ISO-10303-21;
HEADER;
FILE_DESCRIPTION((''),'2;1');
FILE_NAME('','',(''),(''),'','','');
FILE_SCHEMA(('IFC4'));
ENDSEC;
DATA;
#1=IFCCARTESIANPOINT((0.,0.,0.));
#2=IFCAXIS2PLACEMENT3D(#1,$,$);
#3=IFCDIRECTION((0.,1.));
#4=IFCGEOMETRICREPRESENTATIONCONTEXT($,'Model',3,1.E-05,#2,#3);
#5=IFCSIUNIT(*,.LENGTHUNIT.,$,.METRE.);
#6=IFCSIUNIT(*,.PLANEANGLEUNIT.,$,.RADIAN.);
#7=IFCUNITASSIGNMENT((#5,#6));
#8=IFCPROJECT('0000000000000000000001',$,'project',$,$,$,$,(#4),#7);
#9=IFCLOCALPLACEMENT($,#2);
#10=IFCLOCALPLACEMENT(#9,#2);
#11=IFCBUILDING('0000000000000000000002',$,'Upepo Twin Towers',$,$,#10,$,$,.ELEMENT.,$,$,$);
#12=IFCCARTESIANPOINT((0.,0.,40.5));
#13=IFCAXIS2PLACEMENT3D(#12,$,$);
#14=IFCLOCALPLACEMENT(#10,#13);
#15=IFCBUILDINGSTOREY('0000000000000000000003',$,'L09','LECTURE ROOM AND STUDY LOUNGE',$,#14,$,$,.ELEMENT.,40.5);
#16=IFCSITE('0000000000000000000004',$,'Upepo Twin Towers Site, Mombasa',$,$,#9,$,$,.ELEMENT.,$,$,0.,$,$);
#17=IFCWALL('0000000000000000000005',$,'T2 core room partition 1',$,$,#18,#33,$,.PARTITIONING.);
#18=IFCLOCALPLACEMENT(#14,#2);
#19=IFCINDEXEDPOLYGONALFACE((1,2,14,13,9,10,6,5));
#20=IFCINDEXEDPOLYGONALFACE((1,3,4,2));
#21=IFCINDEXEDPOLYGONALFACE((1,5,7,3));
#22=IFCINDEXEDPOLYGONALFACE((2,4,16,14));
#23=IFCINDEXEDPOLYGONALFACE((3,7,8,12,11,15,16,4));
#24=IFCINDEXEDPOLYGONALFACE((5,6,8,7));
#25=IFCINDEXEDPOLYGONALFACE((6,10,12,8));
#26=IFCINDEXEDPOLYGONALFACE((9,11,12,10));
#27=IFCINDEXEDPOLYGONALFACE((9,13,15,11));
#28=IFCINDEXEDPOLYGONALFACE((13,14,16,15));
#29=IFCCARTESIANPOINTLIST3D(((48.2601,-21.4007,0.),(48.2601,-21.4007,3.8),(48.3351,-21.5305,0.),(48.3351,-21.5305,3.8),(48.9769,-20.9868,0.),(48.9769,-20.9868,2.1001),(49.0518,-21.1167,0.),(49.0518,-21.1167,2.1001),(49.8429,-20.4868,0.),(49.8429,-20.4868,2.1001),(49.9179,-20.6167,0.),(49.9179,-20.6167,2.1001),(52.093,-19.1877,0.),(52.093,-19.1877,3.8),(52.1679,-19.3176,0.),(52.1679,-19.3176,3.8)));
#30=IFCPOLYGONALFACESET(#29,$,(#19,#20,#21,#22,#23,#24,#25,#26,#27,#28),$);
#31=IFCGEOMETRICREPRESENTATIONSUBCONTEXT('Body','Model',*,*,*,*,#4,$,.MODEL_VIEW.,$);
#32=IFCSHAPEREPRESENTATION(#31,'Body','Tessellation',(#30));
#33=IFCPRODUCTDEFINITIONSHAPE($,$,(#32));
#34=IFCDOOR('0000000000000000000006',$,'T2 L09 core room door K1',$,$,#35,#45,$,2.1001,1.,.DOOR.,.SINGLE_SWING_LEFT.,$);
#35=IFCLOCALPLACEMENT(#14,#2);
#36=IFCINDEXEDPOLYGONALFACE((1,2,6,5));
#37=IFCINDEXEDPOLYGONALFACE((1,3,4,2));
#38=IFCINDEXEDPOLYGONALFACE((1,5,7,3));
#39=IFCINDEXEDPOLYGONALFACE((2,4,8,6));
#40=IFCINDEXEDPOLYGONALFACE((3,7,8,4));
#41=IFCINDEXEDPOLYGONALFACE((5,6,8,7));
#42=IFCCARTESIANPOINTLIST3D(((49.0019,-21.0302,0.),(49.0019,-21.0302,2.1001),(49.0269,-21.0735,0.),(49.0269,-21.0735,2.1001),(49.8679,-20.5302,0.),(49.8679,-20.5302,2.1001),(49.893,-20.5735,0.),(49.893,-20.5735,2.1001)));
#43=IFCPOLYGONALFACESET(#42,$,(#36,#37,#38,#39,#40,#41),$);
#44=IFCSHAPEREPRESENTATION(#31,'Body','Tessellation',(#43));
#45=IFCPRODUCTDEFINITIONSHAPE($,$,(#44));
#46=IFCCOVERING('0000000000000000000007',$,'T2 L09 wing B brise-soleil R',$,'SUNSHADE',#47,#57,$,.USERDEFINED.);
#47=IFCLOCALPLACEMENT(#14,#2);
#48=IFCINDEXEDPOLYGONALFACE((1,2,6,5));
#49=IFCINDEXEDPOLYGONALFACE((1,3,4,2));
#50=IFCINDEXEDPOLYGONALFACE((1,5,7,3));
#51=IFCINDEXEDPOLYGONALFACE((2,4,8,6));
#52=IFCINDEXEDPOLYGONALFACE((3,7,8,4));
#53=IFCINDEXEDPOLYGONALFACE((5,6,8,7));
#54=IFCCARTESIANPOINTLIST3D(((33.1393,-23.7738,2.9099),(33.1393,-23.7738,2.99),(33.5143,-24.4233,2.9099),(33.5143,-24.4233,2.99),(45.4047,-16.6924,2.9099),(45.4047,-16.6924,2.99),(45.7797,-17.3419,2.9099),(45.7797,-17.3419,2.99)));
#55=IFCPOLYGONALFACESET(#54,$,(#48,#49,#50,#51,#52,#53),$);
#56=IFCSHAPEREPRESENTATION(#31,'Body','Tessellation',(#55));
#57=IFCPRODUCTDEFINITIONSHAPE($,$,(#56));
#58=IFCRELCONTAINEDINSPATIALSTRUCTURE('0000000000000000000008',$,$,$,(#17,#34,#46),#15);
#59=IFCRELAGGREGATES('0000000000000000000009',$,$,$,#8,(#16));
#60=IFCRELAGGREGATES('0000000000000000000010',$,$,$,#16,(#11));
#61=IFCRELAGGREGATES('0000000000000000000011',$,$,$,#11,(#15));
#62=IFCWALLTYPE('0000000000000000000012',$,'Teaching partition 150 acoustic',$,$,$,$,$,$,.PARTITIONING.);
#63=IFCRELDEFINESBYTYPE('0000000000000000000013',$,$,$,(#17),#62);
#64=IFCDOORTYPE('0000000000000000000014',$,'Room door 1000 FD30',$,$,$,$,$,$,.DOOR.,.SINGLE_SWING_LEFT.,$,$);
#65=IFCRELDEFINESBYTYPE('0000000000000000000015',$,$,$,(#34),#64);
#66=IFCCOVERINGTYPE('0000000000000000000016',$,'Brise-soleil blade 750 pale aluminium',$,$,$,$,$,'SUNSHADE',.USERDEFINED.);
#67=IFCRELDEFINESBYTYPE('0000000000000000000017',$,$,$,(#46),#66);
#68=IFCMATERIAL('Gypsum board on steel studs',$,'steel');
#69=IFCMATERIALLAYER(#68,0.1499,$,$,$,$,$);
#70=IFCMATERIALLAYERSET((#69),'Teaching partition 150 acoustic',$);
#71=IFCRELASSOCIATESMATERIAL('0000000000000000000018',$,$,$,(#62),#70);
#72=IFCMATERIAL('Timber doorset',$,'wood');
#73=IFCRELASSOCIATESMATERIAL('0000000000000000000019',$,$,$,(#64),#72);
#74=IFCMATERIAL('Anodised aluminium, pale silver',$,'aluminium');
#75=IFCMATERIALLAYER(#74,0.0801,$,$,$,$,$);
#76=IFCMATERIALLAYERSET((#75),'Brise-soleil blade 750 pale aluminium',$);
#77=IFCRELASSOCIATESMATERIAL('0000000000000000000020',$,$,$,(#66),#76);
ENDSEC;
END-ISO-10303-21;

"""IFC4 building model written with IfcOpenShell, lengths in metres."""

from ifc_helpers import new_model, si_unit, direction, frame, frame_2d, origin, origin_2d, place, context, subcontext, project, spatial, rectangle, extrude, material, layer, layer_set, type_object, element, fill, save


model = new_model("IFC4")

# Units and contexts
model_context = context("Model", 3, precision=1e-05, world=origin(), true_north=direction((0.0, 1.0)))
body_context = subcontext(model_context, "Body", "Model", "MODEL_VIEW")
ifc_project = project(units=[si_unit("LENGTHUNIT", "METRE"), si_unit("PLANEANGLEUNIT", "RADIAN")], contexts=[model_context])

# Site, building, storey
site_placement = place(None, origin())
site = spatial("IfcSite", under=ifc_project, at=site_placement, Name="Upepo Twin Towers Site, Mombasa", CompositionType="ELEMENT", RefElevation=0.0)
building_placement = place(site_placement, origin())
building = spatial("IfcBuilding", under=site, at=building_placement, Name="Upepo Twin Towers", CompositionType="ELEMENT")
storey_placement = place(building_placement, frame((0.0, 0.0, 40.5)))
storey = spatial("IfcBuildingStorey", under=building, at=storey_placement, Name="L09", Description="LECTURE ROOM AND STUDY LOUNGE", CompositionType="ELEMENT", Elevation=40.5)

# Wall, opening, door
ifc_material_1 = material(Name="Gypsum board on steel studs", Category="steel")
ifc_layer_1 = layer(ifc_material_1, 0.1499)
ifc_layer_set_1 = layer_set([ifc_layer_1], Name="Teaching partition 150 acoustic")
wall_type_1 = type_object("IfcWallType", Name="Teaching partition 150 acoustic", PredefinedType="PARTITIONING", material=ifc_layer_set_1)
wall_1_placement = place(storey_placement, frame((48.2976, -21.4656, 0.0), z_axis=(0.0, 0.0, 1.0), x_axis=(0.866021, 0.500007, 0.0)))
wall_1 = element("IfcWall", 1, at=wall_1_placement, inside=storey, type_object=wall_type_1, Name="T2 core room partition 1", PredefinedType="PARTITIONING", context=body_context, shape_type="SweptSolid", body=[
    extrude(rectangle(XDim=4.4258, YDim=0.1499, at=frame_2d((2.2129, 0.0))), origin(), (0.0, 0.0, 1.0), 3.8),
])
opening_placement = place(wall_1_placement, frame((0.8276, 0.0, 0.0)))
opening = element("IfcOpeningElement", 2, at=opening_placement, cuts=wall_1, PredefinedType="OPENING", context=body_context, shape_type="SweptSolid", body=[
    extrude(rectangle(XDim=1.0, YDim=2.1001, at=frame_2d((0.5, 1.05))), frame((0.0, 0.085, 0.0), z_axis=(0.0, -1.0, 0.0), x_axis=(1.0, 0.0, 0.0)), (0.0, 0.0, 1.0), 0.1699),
])
ifc_material_2 = material(Name="Timber doorset", Category="wood")
door_type = type_object("IfcDoorType", Name="Room door 1000 FD30", OperationType="SINGLE_SWING_LEFT", PredefinedType="DOOR", material=ifc_material_2)
door_placement = place(opening_placement, origin())
door = element("IfcDoor", 3, at=door_placement, inside=storey, type_object=door_type, Name="T2 L09 core room door K1", OperationType="SINGLE_SWING_LEFT", OverallHeight=2.1001, OverallWidth=1.0, PredefinedType="DOOR", context=body_context, shape_type="SweptSolid", body=[
    extrude(rectangle(XDim=1.0, YDim=2.1001, at=frame_2d((0.5, 1.05))), frame((0.0, 0.0249, 0.0), z_axis=(0.0, -1.0, 0.0), x_axis=(1.0, 0.0, 0.0)), (0.0, 0.0, 1.0), 0.05),
])
fill(opening, door)

# Covering
ifc_material_3 = material(Name="Anodised aluminium, pale silver", Category="aluminium")
ifc_layer_2 = layer(ifc_material_3, 0.0801)
ifc_layer_set_2 = layer_set([ifc_layer_2], Name="Brise-soleil blade 750 pale aluminium")
covering_type = type_object("IfcCoveringType", Name="Brise-soleil blade 750 pale aluminium", ElementType="SUNSHADE", PredefinedType="USERDEFINED", material=ifc_layer_set_2)
covering_placement = place(storey_placement, frame((39.4595, -20.5579, 2.9099), z_axis=(0.0, 0.0, 1.0), x_axis=(-0.866025, -0.5, 0.0)))
element("IfcCovering", 4, at=covering_placement, inside=storey, type_object=covering_type, Name="T2 L09 wing B brise-soleil R", ObjectType="SUNSHADE", PredefinedType="USERDEFINED", context=body_context, shape_type="SweptSolid", body=[
    extrude(rectangle(XDim=14.1628, YDim=0.75, at=origin_2d()), origin(), (0.0, 0.0, 1.0), 0.0801),
])

save(model, "model.ifc")
